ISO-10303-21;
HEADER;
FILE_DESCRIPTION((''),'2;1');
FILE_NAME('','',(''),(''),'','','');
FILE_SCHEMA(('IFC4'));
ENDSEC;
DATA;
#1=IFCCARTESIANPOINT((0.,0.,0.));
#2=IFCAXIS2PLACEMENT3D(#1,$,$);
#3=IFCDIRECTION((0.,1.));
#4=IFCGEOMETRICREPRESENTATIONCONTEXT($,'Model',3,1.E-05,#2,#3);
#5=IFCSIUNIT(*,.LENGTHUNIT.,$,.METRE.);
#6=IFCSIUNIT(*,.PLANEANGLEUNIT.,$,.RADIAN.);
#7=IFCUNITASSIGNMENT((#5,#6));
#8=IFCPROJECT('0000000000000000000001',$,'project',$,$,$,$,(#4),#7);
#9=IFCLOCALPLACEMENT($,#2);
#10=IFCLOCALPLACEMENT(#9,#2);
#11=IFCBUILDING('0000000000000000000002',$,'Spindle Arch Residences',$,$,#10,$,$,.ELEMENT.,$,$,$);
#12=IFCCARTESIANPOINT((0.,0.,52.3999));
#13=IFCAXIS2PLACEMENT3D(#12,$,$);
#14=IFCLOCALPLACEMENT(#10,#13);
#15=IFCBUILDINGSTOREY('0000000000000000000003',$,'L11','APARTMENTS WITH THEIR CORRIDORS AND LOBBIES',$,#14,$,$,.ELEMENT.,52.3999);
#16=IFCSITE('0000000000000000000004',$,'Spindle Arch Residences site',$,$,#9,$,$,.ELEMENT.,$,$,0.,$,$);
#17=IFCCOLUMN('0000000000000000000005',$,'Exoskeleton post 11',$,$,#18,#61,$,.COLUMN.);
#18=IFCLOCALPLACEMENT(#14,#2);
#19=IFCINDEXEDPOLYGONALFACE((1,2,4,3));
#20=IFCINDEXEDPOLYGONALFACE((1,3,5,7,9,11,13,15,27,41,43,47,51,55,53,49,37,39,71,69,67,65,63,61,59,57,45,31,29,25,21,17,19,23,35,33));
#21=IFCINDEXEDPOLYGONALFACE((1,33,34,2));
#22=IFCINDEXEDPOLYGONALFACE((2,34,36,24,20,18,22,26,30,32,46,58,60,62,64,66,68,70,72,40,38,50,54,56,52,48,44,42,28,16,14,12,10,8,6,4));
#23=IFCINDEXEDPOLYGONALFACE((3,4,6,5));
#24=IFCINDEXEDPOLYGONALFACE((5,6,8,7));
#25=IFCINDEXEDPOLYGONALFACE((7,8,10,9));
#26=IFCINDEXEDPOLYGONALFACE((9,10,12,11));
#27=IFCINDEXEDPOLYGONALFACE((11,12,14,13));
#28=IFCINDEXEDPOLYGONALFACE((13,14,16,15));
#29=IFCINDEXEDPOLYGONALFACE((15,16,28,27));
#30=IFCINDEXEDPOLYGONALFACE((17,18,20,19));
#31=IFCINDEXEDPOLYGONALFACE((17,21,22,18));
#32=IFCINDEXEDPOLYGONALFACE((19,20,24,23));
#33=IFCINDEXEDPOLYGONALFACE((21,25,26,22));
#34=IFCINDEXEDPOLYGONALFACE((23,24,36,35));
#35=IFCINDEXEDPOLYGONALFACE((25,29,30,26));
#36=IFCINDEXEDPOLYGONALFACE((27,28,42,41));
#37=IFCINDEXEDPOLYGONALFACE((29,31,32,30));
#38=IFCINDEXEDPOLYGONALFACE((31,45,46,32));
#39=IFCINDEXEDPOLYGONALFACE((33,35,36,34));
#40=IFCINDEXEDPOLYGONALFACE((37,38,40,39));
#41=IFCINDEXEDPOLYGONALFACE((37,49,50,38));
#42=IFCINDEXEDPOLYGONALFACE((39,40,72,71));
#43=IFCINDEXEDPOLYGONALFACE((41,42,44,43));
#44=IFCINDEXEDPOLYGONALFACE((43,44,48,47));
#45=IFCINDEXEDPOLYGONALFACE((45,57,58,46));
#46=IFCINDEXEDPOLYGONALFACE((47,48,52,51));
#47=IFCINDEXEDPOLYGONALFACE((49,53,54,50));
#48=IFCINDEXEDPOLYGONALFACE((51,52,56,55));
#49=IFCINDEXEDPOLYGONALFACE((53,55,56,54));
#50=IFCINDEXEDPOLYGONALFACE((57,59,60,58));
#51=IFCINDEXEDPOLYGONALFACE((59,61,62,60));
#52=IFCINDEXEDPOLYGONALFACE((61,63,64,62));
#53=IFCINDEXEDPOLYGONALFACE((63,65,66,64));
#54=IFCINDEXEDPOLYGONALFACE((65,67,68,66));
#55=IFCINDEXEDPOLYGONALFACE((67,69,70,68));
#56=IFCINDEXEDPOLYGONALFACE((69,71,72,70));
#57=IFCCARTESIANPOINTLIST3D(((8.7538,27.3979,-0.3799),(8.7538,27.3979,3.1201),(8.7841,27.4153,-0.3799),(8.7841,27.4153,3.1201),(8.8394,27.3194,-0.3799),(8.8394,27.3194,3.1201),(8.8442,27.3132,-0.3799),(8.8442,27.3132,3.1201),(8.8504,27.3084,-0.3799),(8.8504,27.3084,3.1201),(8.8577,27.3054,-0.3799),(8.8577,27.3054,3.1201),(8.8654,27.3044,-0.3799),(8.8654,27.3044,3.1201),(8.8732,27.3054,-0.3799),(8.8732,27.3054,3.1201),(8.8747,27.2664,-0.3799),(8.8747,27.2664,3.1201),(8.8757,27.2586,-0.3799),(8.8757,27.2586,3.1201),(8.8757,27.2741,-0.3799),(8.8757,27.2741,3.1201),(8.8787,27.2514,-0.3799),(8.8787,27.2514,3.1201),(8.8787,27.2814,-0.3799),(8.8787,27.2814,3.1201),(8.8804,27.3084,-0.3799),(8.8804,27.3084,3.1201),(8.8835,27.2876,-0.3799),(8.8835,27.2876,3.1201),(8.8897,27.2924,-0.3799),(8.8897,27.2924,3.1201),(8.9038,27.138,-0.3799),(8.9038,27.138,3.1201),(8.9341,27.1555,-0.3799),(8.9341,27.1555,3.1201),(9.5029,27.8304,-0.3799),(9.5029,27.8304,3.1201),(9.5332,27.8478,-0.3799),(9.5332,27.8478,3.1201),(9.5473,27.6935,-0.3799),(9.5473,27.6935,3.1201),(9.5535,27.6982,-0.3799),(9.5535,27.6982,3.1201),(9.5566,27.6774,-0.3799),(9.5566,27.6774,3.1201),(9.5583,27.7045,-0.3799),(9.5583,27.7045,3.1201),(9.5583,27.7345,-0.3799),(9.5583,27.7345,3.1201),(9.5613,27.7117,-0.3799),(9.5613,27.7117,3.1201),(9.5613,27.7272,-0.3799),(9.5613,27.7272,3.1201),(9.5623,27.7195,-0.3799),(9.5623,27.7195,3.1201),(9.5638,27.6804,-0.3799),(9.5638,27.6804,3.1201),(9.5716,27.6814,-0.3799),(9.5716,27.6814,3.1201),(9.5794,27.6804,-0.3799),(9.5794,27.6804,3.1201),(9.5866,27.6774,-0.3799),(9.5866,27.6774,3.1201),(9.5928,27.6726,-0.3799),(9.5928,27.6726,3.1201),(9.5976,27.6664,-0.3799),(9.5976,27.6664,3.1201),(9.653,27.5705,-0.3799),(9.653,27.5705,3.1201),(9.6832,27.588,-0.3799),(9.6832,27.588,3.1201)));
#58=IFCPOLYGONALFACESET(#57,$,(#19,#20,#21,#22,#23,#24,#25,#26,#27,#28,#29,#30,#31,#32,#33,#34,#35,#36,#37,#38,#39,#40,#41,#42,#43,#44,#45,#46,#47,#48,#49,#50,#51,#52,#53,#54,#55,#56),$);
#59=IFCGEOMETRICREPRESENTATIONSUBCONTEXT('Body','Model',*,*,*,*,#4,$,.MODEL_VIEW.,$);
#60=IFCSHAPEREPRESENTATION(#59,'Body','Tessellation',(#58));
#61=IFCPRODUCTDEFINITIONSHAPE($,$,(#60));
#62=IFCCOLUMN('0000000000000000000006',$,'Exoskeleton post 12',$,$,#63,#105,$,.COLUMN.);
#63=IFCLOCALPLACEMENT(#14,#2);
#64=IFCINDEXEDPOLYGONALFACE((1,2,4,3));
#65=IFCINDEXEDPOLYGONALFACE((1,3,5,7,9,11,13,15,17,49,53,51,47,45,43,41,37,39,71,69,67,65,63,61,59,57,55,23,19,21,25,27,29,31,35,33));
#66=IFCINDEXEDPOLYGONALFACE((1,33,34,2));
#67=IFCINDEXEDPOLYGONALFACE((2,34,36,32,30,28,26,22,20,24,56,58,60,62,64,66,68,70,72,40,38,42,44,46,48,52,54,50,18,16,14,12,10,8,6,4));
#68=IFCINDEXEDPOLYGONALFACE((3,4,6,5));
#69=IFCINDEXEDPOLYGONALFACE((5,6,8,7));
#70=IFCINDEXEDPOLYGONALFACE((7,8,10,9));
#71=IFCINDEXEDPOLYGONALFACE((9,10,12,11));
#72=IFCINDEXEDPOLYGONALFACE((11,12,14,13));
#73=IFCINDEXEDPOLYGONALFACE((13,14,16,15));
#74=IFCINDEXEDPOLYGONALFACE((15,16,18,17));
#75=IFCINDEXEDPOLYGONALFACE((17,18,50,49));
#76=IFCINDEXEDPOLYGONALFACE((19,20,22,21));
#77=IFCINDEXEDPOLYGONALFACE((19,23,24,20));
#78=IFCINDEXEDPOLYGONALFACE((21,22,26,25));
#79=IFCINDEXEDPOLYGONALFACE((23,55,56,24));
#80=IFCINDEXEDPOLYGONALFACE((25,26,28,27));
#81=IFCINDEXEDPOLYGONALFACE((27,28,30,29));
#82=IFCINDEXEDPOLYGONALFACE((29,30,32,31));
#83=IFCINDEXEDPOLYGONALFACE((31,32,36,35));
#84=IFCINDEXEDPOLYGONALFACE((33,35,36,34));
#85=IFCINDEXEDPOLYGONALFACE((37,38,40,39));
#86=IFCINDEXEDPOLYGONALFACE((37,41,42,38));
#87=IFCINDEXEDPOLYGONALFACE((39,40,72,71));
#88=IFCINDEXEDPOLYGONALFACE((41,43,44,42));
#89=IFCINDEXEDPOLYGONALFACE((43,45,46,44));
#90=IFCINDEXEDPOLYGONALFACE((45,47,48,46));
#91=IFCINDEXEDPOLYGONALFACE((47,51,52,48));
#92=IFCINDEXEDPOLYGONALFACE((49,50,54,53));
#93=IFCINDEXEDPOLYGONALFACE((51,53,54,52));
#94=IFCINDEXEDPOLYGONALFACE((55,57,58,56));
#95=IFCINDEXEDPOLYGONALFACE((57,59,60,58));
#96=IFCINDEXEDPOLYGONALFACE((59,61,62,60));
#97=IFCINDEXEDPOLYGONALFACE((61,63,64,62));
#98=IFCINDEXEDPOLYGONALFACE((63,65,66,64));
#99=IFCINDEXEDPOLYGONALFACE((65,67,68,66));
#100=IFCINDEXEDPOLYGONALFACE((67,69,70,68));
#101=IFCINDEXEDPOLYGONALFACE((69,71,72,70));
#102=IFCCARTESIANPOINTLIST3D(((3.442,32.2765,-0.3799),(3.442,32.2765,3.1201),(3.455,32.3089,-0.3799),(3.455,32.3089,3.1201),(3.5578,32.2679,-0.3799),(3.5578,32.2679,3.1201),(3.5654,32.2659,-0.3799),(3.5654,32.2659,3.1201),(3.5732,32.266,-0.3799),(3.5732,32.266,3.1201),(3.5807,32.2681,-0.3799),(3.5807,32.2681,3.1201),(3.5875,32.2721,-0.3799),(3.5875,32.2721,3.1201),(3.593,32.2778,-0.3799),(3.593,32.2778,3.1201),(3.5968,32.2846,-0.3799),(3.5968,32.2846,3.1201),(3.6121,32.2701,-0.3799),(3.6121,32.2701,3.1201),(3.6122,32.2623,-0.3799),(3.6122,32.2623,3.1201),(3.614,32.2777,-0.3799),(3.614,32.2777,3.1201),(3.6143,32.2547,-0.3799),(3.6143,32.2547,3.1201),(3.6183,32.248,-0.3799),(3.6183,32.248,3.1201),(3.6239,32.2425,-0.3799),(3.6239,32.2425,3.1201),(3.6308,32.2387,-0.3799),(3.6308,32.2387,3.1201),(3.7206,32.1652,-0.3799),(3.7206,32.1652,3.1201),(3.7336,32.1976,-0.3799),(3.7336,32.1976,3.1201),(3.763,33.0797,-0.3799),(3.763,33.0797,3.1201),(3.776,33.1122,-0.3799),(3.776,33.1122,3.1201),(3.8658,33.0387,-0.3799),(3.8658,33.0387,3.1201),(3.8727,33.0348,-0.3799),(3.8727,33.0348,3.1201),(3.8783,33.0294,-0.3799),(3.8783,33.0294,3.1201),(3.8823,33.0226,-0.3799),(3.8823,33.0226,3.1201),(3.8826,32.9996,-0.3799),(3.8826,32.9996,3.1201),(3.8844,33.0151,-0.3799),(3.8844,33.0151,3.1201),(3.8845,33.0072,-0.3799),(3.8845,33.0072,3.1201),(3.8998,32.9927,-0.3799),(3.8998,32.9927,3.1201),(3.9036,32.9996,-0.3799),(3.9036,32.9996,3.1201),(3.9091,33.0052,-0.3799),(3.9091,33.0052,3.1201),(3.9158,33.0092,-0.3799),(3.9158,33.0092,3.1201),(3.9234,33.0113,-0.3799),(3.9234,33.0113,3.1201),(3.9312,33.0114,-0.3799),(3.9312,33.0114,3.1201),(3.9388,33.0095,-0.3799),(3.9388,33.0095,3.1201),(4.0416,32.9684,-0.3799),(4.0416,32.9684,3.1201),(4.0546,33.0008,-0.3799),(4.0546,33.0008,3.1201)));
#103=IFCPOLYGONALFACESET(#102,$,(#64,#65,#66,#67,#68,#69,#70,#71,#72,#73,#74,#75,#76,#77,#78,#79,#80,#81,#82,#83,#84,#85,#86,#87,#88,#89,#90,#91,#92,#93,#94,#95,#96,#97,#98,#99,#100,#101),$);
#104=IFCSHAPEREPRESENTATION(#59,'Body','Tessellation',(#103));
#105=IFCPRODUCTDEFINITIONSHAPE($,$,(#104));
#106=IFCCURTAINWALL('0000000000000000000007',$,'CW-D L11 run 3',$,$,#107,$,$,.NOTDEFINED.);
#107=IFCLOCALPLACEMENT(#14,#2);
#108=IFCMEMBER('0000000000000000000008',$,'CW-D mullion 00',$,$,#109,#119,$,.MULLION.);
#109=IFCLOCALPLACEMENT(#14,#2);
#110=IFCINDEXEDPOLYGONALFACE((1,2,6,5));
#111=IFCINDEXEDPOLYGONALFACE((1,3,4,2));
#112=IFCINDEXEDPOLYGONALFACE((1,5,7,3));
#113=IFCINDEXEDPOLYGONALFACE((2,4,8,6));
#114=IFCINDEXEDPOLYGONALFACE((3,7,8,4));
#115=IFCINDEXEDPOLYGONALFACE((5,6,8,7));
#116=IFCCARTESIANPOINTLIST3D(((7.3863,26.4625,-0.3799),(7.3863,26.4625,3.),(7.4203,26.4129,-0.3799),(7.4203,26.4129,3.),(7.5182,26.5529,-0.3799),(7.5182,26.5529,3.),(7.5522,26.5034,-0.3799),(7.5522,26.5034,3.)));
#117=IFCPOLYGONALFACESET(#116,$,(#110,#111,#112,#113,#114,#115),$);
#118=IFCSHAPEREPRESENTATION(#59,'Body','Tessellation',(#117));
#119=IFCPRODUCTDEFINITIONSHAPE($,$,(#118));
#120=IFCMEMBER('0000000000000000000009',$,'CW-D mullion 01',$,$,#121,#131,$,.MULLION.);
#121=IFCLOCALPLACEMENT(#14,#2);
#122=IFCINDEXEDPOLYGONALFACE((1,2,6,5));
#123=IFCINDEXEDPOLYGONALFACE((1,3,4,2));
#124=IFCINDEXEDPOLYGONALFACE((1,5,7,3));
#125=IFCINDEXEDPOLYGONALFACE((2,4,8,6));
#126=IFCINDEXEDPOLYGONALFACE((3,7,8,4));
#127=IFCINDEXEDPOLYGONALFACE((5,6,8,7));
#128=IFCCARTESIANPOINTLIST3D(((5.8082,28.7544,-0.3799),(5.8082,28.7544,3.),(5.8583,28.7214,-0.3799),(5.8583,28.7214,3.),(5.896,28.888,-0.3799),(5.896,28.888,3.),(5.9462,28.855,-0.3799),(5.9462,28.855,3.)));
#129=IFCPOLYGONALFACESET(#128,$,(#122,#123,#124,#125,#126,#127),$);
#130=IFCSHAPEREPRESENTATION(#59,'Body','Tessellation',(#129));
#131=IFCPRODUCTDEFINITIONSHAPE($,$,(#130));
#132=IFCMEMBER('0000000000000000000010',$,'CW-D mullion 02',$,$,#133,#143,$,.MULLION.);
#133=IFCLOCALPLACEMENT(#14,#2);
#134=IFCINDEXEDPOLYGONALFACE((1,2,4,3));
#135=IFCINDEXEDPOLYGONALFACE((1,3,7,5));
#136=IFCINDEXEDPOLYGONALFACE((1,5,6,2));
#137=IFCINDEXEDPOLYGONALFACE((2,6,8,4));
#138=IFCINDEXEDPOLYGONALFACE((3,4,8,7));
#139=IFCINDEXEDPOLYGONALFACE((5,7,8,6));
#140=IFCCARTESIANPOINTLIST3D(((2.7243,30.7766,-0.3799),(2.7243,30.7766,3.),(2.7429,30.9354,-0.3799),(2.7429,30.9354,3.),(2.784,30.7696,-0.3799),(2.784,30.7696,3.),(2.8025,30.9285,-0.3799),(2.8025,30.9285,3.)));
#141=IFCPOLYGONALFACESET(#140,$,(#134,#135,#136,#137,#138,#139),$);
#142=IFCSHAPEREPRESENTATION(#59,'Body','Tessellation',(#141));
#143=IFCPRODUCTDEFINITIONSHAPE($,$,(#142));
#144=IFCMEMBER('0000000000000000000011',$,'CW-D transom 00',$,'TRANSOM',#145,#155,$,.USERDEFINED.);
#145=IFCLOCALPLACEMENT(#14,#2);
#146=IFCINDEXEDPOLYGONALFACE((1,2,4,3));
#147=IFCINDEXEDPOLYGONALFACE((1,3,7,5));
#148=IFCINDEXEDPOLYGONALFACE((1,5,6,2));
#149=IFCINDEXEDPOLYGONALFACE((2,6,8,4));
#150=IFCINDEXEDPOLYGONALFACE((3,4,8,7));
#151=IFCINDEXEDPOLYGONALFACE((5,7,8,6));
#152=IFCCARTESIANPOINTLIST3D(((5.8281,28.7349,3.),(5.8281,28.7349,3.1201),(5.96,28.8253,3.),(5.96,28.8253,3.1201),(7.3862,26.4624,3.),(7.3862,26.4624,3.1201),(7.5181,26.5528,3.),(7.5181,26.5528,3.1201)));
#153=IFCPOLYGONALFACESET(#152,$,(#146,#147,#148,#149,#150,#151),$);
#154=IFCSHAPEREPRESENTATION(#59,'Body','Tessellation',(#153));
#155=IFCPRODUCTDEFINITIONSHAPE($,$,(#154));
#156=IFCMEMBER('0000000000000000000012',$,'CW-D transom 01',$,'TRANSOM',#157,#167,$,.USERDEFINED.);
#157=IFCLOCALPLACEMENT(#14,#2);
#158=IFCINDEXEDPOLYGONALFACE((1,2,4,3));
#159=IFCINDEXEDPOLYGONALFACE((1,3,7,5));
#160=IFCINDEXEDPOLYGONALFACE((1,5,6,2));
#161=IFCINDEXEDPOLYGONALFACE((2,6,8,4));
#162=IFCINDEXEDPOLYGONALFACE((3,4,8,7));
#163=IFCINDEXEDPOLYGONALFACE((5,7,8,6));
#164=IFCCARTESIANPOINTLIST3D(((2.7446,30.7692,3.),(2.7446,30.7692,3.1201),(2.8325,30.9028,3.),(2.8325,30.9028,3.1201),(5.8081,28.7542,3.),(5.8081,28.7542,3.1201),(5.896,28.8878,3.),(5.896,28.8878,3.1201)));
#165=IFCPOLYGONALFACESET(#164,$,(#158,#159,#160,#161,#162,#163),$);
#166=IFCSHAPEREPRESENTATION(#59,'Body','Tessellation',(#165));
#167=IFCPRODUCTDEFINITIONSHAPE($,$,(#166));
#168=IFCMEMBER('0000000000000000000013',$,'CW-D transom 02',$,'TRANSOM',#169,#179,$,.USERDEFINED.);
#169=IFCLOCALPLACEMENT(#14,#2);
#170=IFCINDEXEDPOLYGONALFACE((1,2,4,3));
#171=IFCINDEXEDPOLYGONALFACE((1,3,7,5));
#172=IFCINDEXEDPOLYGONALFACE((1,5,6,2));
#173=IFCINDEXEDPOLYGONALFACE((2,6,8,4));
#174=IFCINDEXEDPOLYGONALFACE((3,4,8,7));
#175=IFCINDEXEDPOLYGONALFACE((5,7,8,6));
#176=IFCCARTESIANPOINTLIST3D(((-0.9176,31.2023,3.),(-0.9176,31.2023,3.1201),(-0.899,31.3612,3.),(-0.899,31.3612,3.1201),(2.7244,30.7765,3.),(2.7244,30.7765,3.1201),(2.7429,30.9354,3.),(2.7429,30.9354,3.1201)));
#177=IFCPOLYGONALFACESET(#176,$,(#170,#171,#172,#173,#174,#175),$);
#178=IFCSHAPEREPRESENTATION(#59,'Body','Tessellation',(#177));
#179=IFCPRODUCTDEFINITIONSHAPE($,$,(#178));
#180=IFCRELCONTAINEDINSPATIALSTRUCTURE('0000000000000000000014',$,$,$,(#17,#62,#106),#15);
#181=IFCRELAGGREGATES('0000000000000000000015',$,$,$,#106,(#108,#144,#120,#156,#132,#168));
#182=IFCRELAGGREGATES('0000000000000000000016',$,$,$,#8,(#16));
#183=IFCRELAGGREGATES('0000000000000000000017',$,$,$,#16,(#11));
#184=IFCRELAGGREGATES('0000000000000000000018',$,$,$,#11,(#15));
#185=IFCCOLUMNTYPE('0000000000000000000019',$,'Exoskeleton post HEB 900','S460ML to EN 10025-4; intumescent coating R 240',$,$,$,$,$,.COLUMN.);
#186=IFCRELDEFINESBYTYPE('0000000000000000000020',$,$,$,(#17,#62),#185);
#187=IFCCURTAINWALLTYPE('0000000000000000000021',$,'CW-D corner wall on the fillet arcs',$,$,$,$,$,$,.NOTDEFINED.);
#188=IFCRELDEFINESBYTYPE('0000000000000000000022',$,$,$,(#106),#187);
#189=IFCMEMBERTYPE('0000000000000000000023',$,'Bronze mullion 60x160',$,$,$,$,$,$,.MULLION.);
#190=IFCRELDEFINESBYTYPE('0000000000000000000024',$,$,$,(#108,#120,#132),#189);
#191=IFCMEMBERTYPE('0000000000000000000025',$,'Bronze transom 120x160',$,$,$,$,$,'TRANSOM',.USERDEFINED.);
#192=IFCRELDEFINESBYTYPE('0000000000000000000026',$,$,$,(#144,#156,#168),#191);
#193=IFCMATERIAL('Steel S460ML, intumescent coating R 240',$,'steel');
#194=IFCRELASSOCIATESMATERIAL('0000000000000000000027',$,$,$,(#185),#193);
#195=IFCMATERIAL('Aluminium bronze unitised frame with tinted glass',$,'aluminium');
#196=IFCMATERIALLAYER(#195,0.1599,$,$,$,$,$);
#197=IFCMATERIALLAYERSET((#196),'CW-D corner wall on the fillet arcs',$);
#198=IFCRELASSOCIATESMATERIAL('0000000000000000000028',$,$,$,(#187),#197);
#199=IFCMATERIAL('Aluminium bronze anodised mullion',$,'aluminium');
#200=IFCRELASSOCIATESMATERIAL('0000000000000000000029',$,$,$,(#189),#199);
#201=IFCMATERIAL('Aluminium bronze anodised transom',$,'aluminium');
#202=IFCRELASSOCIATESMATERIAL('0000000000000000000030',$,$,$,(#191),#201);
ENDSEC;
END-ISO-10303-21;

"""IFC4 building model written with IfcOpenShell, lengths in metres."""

from ifc_helpers import new_model, si_unit, direction, frame, origin, origin_2d, place, context, subcontext, project, spatial, rectangle, i_section, extrude, material, layer, layer_set, material_profile, profile_set, type_object, element, aggregate, save


model = new_model("IFC4")

# Units and contexts
model_context = context("Model", 3, precision=1e-05, world=origin(), true_north=direction((0.0, 1.0)))
body_context = subcontext(model_context, "Body", "Model", "MODEL_VIEW")
ifc_project = project(units=[si_unit("LENGTHUNIT", "METRE"), si_unit("PLANEANGLEUNIT", "RADIAN")], contexts=[model_context])

# Site, building, storey
site_placement = place(None, origin())
site = spatial("IfcSite", under=ifc_project, at=site_placement, Name="Spindle Arch Residences site", CompositionType="ELEMENT", RefElevation=0.0)
building_placement = place(site_placement, origin())
building = spatial("IfcBuilding", under=site, at=building_placement, Name="Spindle Arch Residences", CompositionType="ELEMENT")
storey_placement = place(building_placement, frame((0.0, 0.0, 52.3999)))
storey = spatial("IfcBuildingStorey", under=building, at=storey_placement, Name="L11", Description="APARTMENTS WITH THEIR CORRIDORS AND LOBBIES", CompositionType="ELEMENT", Elevation=52.3999)

# Columns
ifc_material_1 = material(Name="Steel S460ML, intumescent coating R 240", Category="steel")
ifc_material_profile_1 = material_profile(ifc_material_1, i_section(OverallWidth=0.3, OverallDepth=0.8999, WebThickness=0.0186, FlangeThickness=0.0349, FilletRadius=0.03, at=origin_2d()), Name="HEB 900")
ifc_profile_set_1 = profile_set([ifc_material_profile_1], Name="Steel S460ML, intumescent coating R 240")
column_type = type_object("IfcColumnType", Name="Exoskeleton post HEB 900", Description="S460ML to EN 10025-4; intumescent coating R 240", PredefinedType="COLUMN", material=ifc_profile_set_1)
for number, where, z_axis, x_axis, name in (
    (1, (9.2185, 27.4929, -0.3799), (0.0, 0.0, 1.0), (0.5, -0.866025, 0.0), "Exoskeleton post 11"),
    (2, (3.7483, 32.6387, -0.3799), (0.0, 0.0, 1.0), (0.92859, -0.371108, 0.0), "Exoskeleton post 12"),
):
    element("IfcColumn", number, at=place(storey_placement, frame(where, z_axis=z_axis, x_axis=x_axis)), inside=storey, type_object=column_type, Name=name, PredefinedType="COLUMN", context=body_context, shape_type="SweptSolid", body=[
        extrude(i_section(OverallWidth=0.3, OverallDepth=0.8999, WebThickness=0.0186, FlangeThickness=0.0349, FilletRadius=0.03, at=origin_2d()), origin(), (0.0, 0.0, 1.0), 3.5),
    ])

# Curtain wall, members
ifc_material_2 = material(Name="Aluminium bronze unitised frame with tinted glass", Category="aluminium")
ifc_layer_1 = layer(ifc_material_2, 0.1599)
ifc_layer_set_1 = layer_set([ifc_layer_1], Name="CW-D corner wall on the fillet arcs")
curtain_wall_type_1 = type_object("IfcCurtainWallType", Name="CW-D corner wall on the fillet arcs", PredefinedType="NOTDEFINED", material=ifc_layer_set_1)
curtain_wall_1_placement = place(storey_placement, origin())
curtain_wall_1 = element("IfcCurtainWall", 3, at=curtain_wall_1_placement, inside=storey, type_object=curtain_wall_type_1, Name="CW-D L11 run 3", PredefinedType="NOTDEFINED")
ifc_material_3 = material(Name="Aluminium bronze anodised mullion", Category="aluminium")
ifc_material_profile_2 = material_profile(ifc_material_3, rectangle(XDim=0.1599, YDim=0.0601, at=origin_2d()), Name="MU 60x160")
ifc_profile_set_2 = profile_set([ifc_material_profile_2], Name="Aluminium bronze anodised mullion")
member_type_1 = type_object("IfcMemberType", Name="Bronze mullion 60x160", PredefinedType="MULLION", material=ifc_profile_set_2)
member_1_placement = place(storey_placement, frame((7.4692, 26.4829, -0.3799), z_axis=(0.0, 0.0, 1.0), x_axis=(-0.824748, -0.565501, 0.0)))
member_1 = element("IfcMember", 4, at=member_1_placement, type_object=member_type_1, Name="CW-D mullion 00", PredefinedType="MULLION", context=body_context, shape_type="SweptSolid", body=[
    extrude(rectangle(XDim=0.1599, YDim=0.0601, at=origin_2d()), origin(), (0.0, 0.0, 1.0), 3.3799),
])
member_2_placement = place(storey_placement, frame((5.8772, 28.8047, -0.3799), z_axis=(0.0, 0.0, 1.0), x_axis=(-0.549509, -0.835488, 0.0)))
member_2 = element("IfcMember", 5, at=member_2_placement, type_object=member_type_1, Name="CW-D mullion 01", PredefinedType="MULLION", context=body_context, shape_type="SweptSolid", body=[
    extrude(rectangle(XDim=0.1599, YDim=0.0601, at=origin_2d()), origin(), (0.0, 0.0, 1.0), 3.3799),
])
member_3_placement = place(storey_placement, frame((2.7634, 30.8525, -0.3799), z_axis=(0.0, 0.0, 1.0), x_axis=(-0.116093, -0.993238, 0.0)))
member_3 = element("IfcMember", 6, at=member_3_placement, type_object=member_type_1, Name="CW-D mullion 02", PredefinedType="MULLION", context=body_context, shape_type="SweptSolid", body=[
    extrude(rectangle(XDim=0.1599, YDim=0.0601, at=origin_2d()), origin(), (0.0, 0.0, 1.0), 3.3799),
])
ifc_material_4 = material(Name="Aluminium bronze anodised transom", Category="aluminium")
ifc_material_profile_3 = material_profile(ifc_material_4, rectangle(XDim=0.1599, YDim=0.1201, at=origin_2d()), Name="TR 120x160")
ifc_profile_set_3 = profile_set([ifc_material_profile_3], Name="Aluminium bronze anodised transom")
member_type_2 = type_object("IfcMemberType", Name="Bronze transom 120x160", ElementType="TRANSOM", PredefinedType="USERDEFINED", material=ifc_profile_set_3)
member_4_placement = place(storey_placement, frame((7.4521, 26.5076, 3.0601), z_axis=(-0.56549, 0.824755, 0.0), x_axis=(-0.824755, -0.56549, 0.0)))
member_4 = element("IfcMember", 7, at=member_4_placement, type_object=member_type_2, Name="CW-D transom 00", ObjectType="TRANSOM", PredefinedType="USERDEFINED", context=body_context, shape_type="SweptSolid", body=[
    extrude(rectangle(XDim=0.1599, YDim=0.1201, at=origin_2d()), origin(), (0.0, 0.0, 1.0), 2.7554),
])
member_5_placement = place(storey_placement, frame((5.8521, 28.821, 3.0601), z_axis=(-0.835486, 0.549511, 0.0), x_axis=(-0.549511, -0.835486, 0.0)))
member_5 = element("IfcMember", 8, at=member_5_placement, type_object=member_type_2, Name="CW-D transom 01", ObjectType="TRANSOM", PredefinedType="USERDEFINED", context=body_context, shape_type="SweptSolid", body=[
    extrude(rectangle(XDim=0.1599, YDim=0.1201, at=origin_2d()), origin(), (0.0, 0.0, 1.0), 3.6667),
])
member_6_placement = place(storey_placement, frame((2.7336, 30.856, 3.0601), z_axis=(-0.993235, 0.116123, 0.0), x_axis=(-0.116123, -0.993235, 0.0)))
member_6 = element("IfcMember", 9, at=member_6_placement, type_object=member_type_2, Name="CW-D transom 02", ObjectType="TRANSOM", PredefinedType="USERDEFINED", context=body_context, shape_type="SweptSolid", body=[
    extrude(rectangle(XDim=0.1599, YDim=0.1201, at=origin_2d()), origin(), (0.0, 0.0, 1.0), 3.6667),
])

aggregate(curtain_wall_1, [member_1, member_4, member_2, member_5, member_3, member_6])

save(model, "model.ifc")
